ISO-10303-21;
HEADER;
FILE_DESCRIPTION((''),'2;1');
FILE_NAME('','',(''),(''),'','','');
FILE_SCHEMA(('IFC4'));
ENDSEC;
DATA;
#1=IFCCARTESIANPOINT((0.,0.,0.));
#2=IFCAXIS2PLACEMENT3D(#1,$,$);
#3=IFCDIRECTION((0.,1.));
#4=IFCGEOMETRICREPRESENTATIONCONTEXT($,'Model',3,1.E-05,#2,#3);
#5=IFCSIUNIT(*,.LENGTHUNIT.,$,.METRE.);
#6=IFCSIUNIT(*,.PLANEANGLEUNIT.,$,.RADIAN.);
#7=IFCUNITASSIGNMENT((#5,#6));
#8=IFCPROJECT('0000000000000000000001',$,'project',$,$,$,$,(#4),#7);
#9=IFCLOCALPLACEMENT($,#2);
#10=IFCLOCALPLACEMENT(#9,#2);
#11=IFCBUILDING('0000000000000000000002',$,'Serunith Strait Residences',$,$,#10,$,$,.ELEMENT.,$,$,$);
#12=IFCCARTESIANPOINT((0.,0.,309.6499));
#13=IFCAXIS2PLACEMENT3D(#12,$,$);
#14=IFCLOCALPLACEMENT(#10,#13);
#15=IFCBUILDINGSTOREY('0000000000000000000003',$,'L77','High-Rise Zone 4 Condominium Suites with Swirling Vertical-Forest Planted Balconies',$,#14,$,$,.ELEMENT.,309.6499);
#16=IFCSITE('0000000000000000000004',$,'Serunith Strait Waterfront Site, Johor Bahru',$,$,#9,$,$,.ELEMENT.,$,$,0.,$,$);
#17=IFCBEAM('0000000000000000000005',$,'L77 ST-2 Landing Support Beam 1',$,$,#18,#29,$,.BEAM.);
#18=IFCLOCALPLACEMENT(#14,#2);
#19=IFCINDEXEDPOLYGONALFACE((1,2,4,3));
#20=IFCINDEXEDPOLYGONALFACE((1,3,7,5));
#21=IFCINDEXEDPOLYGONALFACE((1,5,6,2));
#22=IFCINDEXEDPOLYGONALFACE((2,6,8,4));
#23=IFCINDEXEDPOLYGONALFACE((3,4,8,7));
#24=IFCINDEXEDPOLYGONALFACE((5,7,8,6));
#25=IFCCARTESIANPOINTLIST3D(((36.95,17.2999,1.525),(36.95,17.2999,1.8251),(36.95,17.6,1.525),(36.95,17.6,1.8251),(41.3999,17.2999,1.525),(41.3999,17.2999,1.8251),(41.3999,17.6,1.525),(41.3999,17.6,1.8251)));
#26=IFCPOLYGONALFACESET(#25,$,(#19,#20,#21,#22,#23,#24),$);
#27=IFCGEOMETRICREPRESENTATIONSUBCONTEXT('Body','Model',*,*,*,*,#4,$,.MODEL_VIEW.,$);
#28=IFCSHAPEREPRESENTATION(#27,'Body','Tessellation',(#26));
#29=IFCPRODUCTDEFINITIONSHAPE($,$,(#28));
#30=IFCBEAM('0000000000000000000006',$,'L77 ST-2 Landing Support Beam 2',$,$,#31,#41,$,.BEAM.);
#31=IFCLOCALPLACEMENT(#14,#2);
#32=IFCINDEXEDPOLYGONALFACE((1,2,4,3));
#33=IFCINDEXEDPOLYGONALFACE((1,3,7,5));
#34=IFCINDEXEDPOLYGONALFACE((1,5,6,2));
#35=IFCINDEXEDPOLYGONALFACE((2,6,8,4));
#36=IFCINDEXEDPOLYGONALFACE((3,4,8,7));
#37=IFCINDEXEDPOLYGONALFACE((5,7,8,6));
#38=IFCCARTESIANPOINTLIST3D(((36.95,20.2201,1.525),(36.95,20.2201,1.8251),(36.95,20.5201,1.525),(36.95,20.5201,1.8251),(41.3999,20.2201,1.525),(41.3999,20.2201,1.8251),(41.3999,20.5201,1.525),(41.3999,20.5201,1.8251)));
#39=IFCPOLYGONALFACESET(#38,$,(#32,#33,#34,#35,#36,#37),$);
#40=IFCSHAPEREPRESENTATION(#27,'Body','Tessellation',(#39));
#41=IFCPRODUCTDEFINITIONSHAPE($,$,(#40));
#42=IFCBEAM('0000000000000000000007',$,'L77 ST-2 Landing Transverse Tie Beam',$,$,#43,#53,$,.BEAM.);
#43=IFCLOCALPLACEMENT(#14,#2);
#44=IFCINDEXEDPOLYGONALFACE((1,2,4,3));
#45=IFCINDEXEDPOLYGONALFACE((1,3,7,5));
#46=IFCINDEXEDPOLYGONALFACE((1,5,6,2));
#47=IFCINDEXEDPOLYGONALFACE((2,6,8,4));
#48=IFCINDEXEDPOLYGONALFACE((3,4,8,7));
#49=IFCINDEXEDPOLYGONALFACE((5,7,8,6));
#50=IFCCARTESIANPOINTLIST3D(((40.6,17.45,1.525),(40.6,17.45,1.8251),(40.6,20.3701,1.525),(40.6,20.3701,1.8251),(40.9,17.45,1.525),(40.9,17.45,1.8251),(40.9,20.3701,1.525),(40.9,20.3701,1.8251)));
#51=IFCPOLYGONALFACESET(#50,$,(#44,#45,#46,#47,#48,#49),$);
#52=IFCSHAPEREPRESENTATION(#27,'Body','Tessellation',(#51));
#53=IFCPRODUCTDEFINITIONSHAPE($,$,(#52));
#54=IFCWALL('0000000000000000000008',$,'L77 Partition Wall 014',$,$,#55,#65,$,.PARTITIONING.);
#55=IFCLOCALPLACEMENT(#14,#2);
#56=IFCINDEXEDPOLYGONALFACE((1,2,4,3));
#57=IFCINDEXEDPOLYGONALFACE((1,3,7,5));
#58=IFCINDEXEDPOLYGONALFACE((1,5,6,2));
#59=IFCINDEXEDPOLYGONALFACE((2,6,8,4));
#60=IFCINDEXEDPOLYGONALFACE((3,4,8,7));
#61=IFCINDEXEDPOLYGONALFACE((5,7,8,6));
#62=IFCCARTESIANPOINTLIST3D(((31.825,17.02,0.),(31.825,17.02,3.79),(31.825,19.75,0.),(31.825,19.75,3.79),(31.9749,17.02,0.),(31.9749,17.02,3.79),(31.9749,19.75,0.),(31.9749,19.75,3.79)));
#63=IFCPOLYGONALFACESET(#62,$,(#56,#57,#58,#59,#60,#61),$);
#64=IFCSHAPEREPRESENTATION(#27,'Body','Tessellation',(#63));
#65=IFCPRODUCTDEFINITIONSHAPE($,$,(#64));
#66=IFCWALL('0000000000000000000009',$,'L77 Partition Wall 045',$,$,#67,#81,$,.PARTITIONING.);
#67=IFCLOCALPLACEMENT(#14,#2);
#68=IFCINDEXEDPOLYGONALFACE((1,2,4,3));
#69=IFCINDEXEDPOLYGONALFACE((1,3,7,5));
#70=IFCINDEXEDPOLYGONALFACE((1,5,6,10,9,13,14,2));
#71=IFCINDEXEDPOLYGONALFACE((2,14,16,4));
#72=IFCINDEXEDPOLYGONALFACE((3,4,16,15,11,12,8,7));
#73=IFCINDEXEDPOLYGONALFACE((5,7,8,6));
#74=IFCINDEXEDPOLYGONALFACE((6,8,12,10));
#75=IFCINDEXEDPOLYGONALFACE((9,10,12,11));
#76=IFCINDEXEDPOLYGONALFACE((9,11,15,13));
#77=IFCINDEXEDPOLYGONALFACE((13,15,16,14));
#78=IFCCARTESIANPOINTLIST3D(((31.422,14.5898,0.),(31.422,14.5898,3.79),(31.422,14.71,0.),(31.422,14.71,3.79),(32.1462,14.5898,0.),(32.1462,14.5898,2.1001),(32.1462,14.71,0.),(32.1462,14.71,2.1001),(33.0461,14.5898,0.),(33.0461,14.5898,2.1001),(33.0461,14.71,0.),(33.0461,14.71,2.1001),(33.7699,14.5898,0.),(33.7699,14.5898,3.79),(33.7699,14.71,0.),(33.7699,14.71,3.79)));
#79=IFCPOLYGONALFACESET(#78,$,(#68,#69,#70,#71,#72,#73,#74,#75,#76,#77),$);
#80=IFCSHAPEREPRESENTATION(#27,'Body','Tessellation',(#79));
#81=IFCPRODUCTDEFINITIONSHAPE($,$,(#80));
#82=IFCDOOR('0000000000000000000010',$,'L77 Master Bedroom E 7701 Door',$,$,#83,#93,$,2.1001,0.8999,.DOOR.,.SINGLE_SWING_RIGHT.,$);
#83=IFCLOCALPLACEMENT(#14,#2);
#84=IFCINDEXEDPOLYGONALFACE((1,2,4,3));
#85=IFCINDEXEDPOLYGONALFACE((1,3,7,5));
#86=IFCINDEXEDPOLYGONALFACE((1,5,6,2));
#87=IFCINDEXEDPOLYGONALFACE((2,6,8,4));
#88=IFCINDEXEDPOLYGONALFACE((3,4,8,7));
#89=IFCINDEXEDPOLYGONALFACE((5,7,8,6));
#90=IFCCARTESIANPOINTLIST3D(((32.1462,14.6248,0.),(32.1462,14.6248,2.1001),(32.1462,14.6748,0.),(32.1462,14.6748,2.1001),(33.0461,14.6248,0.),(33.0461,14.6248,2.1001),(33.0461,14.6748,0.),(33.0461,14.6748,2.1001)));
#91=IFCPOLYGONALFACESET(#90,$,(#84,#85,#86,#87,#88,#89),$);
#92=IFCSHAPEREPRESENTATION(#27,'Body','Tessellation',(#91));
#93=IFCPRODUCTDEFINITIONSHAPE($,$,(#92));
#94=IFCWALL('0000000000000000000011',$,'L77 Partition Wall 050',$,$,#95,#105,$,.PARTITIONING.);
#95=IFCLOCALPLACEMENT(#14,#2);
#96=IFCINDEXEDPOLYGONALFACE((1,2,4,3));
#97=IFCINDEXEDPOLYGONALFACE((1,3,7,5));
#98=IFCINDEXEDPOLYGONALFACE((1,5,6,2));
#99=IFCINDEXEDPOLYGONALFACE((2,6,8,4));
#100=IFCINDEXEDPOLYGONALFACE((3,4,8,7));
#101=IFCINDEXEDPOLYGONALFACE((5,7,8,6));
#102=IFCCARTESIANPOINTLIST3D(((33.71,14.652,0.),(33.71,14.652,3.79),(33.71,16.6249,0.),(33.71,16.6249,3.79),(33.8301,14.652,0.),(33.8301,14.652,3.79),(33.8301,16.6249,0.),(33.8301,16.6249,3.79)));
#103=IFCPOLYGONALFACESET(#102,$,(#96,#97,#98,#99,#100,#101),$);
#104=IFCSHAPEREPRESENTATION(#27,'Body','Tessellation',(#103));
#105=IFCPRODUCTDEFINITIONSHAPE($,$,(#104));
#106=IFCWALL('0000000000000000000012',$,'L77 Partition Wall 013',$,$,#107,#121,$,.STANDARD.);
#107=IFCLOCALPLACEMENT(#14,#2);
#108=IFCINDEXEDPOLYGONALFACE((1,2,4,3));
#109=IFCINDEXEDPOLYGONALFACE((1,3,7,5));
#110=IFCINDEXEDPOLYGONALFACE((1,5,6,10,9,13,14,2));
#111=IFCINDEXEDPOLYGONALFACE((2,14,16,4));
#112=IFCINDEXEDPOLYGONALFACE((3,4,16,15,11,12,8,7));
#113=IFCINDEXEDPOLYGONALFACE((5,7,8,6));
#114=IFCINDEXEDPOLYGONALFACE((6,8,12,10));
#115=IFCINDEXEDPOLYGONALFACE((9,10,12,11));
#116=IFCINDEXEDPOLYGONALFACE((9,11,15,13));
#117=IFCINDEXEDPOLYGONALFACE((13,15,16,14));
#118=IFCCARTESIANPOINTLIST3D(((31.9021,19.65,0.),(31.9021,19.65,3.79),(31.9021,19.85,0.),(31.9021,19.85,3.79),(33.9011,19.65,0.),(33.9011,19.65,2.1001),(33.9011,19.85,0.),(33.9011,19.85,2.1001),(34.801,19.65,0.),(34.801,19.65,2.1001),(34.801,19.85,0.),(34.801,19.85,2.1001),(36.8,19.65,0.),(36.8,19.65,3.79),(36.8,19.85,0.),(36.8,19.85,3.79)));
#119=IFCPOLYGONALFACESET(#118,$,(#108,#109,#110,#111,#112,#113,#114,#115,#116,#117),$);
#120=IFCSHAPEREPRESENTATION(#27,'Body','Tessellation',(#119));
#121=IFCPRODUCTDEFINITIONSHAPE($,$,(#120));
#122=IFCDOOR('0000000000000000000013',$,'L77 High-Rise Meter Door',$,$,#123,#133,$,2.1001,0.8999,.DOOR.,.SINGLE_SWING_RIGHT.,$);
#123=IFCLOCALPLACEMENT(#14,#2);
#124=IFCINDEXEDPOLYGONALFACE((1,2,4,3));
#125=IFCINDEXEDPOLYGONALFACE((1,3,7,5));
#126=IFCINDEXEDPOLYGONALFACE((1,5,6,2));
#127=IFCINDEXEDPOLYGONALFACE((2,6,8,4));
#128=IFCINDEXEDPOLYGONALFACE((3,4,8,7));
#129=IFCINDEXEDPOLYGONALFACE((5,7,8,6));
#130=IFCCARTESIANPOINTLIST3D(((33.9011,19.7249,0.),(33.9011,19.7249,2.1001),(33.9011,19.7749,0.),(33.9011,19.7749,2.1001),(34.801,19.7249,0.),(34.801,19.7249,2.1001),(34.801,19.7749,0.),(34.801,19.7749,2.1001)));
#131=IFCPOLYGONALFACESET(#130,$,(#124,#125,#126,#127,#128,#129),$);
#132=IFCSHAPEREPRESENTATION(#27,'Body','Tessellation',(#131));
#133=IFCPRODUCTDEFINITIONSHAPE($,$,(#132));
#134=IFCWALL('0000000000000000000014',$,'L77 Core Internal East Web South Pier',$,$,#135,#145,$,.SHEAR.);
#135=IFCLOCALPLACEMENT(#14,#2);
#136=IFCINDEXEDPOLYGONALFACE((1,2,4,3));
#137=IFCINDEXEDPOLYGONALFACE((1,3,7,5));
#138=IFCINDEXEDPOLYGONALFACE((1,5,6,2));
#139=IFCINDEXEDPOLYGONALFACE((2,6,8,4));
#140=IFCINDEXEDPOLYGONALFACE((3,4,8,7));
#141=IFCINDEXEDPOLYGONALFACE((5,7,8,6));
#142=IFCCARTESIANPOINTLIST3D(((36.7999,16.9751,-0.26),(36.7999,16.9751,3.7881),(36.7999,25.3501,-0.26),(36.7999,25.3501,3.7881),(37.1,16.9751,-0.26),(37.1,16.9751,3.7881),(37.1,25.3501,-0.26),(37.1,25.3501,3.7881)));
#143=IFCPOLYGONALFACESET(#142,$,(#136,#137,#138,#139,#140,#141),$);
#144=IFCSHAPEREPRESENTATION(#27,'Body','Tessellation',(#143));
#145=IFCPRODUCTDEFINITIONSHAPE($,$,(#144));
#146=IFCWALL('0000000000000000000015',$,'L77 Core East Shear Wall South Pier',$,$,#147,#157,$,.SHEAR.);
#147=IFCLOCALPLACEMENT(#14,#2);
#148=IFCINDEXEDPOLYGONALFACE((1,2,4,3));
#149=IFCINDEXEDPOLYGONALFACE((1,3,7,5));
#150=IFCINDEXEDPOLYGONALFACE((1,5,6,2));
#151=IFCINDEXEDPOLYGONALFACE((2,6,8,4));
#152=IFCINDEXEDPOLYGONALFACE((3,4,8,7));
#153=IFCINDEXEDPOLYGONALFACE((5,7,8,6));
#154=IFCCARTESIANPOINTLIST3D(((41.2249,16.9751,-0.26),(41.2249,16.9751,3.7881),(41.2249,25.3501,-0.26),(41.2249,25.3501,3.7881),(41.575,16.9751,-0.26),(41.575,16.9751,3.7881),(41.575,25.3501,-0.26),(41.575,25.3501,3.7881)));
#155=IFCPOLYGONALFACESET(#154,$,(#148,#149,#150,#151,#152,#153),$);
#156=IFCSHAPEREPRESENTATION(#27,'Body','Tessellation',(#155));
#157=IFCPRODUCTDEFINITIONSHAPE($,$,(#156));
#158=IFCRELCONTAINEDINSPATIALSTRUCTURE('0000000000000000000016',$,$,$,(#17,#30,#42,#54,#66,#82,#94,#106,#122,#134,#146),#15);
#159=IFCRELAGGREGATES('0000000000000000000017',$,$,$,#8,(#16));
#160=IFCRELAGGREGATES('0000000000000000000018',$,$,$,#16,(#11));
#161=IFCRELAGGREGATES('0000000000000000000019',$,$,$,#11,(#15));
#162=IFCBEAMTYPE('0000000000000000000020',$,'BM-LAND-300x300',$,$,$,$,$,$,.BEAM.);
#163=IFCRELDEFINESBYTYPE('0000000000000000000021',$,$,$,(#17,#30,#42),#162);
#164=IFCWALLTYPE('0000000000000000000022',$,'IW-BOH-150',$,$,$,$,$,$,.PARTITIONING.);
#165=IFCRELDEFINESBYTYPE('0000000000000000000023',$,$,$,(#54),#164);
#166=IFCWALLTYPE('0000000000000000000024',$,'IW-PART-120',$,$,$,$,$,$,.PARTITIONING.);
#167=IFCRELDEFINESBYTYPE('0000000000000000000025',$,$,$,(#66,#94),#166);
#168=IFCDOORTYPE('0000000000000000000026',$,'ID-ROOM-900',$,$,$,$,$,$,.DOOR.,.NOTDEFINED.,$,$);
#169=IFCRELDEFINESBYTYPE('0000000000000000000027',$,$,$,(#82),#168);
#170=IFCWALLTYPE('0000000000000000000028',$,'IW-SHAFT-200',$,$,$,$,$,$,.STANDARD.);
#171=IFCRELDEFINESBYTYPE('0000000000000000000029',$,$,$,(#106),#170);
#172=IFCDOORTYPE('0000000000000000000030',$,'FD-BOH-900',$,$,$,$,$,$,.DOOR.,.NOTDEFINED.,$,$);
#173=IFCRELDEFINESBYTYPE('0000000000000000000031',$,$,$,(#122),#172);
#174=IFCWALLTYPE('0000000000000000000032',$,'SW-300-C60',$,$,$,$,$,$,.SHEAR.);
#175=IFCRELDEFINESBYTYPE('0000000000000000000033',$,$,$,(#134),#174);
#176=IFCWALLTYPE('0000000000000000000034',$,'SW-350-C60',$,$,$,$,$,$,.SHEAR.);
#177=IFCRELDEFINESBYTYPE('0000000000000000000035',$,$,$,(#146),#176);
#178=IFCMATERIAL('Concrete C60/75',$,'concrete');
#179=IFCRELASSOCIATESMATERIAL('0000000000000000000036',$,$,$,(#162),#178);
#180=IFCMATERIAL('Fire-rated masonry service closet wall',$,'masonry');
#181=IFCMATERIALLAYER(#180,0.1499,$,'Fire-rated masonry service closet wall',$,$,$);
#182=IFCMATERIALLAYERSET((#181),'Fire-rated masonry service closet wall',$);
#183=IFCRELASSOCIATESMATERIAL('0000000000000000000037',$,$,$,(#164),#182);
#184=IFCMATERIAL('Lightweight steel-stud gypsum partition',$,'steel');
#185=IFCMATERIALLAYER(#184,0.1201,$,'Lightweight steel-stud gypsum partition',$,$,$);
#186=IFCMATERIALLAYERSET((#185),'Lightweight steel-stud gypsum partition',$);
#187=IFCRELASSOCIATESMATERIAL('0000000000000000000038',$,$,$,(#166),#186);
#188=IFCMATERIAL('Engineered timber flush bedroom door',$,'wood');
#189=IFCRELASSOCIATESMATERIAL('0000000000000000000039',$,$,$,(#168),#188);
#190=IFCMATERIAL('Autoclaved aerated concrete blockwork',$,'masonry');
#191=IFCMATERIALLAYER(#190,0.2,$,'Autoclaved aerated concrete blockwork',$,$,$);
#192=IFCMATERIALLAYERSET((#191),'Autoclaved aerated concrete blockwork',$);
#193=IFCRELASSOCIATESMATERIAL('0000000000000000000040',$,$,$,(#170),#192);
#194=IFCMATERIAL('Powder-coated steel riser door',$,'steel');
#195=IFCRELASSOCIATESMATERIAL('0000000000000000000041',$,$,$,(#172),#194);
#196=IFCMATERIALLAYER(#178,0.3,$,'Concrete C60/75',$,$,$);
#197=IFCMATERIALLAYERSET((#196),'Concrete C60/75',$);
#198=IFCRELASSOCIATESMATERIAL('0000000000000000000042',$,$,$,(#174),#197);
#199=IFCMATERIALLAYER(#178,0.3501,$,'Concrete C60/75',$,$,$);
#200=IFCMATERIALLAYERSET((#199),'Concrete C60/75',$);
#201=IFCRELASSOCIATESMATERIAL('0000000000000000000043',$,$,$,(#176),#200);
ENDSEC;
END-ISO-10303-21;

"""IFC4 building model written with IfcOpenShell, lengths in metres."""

from ifc_helpers import new_model, si_unit, direction, frame, frame_2d, origin, origin_2d, place, context, subcontext, project, spatial, rectangle, extrude, source, transform, mapped, material, layer, layer_set, material_profile, profile_set, type_object, element, fill, save


model = new_model("IFC4")

# Units and contexts
model_context = context("Model", 3, precision=1e-05, world=origin(), true_north=direction((0.0, 1.0)))
body_context = subcontext(model_context, "Body", "Model", "MODEL_VIEW")
ifc_project = project(units=[si_unit("LENGTHUNIT", "METRE"), si_unit("PLANEANGLEUNIT", "RADIAN")], contexts=[model_context])

# Site, building, storey
site_placement = place(None, origin())
site = spatial("IfcSite", under=ifc_project, at=site_placement, Name="Serunith Strait Waterfront Site, Johor Bahru", CompositionType="ELEMENT", RefElevation=0.0)
building_placement = place(site_placement, origin())
building = spatial("IfcBuilding", under=site, at=building_placement, Name="Serunith Strait Residences", CompositionType="ELEMENT")
storey_placement = place(building_placement, frame((0.0, 0.0, 309.6499)))
storey = spatial("IfcBuildingStorey", under=building, at=storey_placement, Name="L77", Description="High-Rise Zone 4 Condominium Suites with Swirling Vertical-Forest Planted Balconies", CompositionType="ELEMENT", Elevation=309.6499)

# Beams
ifc_material_1 = material(Name="Concrete C60/75", Category="concrete")
ifc_material_profile_1 = material_profile(ifc_material_1, rectangle(XDim=0.3, YDim=0.3, at=origin_2d()), Name="RC 300x300")
ifc_profile_set_1 = profile_set([ifc_material_profile_1], Name="Concrete C60/75")
beam_type_1 = type_object("IfcBeamType", Name="BM-LAND-300x300", PredefinedType="BEAM", material=ifc_profile_set_1)
shared_shape_1 = source(origin(), body_context, "Body", "SweptSolid", [
    extrude(rectangle(XDim=0.3, YDim=0.3, at=origin_2d()), origin(), (0.0, 0.0, 1.0), 4.45),
])
for number, where, z_axis, x_axis, name in (
    (1, (36.95, 17.45, 1.675), (1.0, 0.0, 0.0), (0.0, 1.0, 0.0), "L77 ST-2 Landing Support Beam 1"),
    (2, (36.95, 20.3701, 1.675), (1.0, 0.0, 0.0), (0.0, 1.0, 0.0), "L77 ST-2 Landing Support Beam 2"),
):
    element("IfcBeam", number, at=place(storey_placement, frame(where, z_axis=z_axis, x_axis=x_axis)), inside=storey, type_object=beam_type_1, Name=name, PredefinedType="BEAM", context=body_context, shape_type="MappedRepresentation", body=[
        mapped(shared_shape_1, transform((0.0, 0.0, 0.0), scale=1.0)),
    ])
shared_shape_2 = source(origin(), body_context, "Body", "SweptSolid", [
    extrude(rectangle(XDim=0.3, YDim=0.3, at=origin_2d()), origin(), (0.0, 0.0, 1.0), 2.9202),
])
beam_1_placement = place(storey_placement, frame((40.75, 17.45, 1.675), z_axis=(0.0, 1.0, 0.0), x_axis=(-1.0, 0.0, 0.0)))
element("IfcBeam", 3, at=beam_1_placement, inside=storey, type_object=beam_type_1, Name="L77 ST-2 Landing Transverse Tie Beam", PredefinedType="BEAM", context=body_context, shape_type="MappedRepresentation", body=[
    mapped(shared_shape_2, transform((0.0, 0.0, 0.0), scale=1.0)),
])

# Wall
ifc_material_2 = material(Name="Fire-rated masonry service closet wall", Category="masonry")
ifc_layer_1 = layer(ifc_material_2, 0.1499, Name="Fire-rated masonry service closet wall")
ifc_layer_set_1 = layer_set([ifc_layer_1], Name="Fire-rated masonry service closet wall")
wall_type_1 = type_object("IfcWallType", Name="IW-BOH-150", PredefinedType="PARTITIONING", material=ifc_layer_set_1)
wall_1_placement = place(storey_placement, frame((31.8999, 17.02, 0.0), z_axis=(0.0, 0.0, 1.0), x_axis=(0.0, 1.0, 0.0)))
element("IfcWall", 4, at=wall_1_placement, inside=storey, type_object=wall_type_1, Name="L77 Partition Wall 014", PredefinedType="PARTITIONING", context=body_context, shape_type="SweptSolid", body=[
    extrude(rectangle(XDim=2.73, YDim=0.1499, at=frame_2d((1.365, 0.0))), origin(), (0.0, 0.0, 1.0), 3.79),
])

# Wall, opening, door
ifc_material_3 = material(Name="Lightweight steel-stud gypsum partition", Category="steel")
ifc_layer_2 = layer(ifc_material_3, 0.1201, Name="Lightweight steel-stud gypsum partition")
ifc_layer_set_2 = layer_set([ifc_layer_2], Name="Lightweight steel-stud gypsum partition")
wall_type_2 = type_object("IfcWallType", Name="IW-PART-120", PredefinedType="PARTITIONING", material=ifc_layer_set_2)
wall_2_placement = place(storey_placement, frame((31.4221, 14.6499, 0.0), z_axis=(0.0, 0.0, 1.0), x_axis=(1.0, 0.0, 0.0)))
wall_2 = element("IfcWall", 5, at=wall_2_placement, inside=storey, type_object=wall_type_2, Name="L77 Partition Wall 045", PredefinedType="PARTITIONING", context=body_context, shape_type="SweptSolid", body=[
    extrude(rectangle(XDim=2.3479, YDim=0.1201, at=frame_2d((1.1738, 0.0))), origin(), (0.0, 0.0, 1.0), 3.79),
])
opening_1_placement = place(wall_2_placement, frame((0.7241, 0.0, 0.0)))
opening_1 = element("IfcOpeningElement", 6, at=opening_1_placement, cuts=wall_2, PredefinedType="OPENING", context=body_context, shape_type="SweptSolid", body=[
    extrude(rectangle(XDim=0.8999, YDim=2.1001, at=frame_2d((0.45, 1.05))), frame((0.0, 0.0701, 0.0), z_axis=(0.0, -1.0, 0.0), x_axis=(1.0, 0.0, 0.0)), (0.0, 0.0, 1.0), 0.1401),
])
ifc_material_4 = material(Name="Engineered timber flush bedroom door", Category="wood")
door_type_1 = type_object("IfcDoorType", Name="ID-ROOM-900", OperationType="NOTDEFINED", PredefinedType="DOOR", material=ifc_material_4)
shared_shape_3 = source(origin(), body_context, "Body", "SweptSolid", [
    extrude(rectangle(XDim=0.8999, YDim=2.1001, at=frame_2d((0.45, 1.05))), frame((0.0, 0.0249, 0.0), z_axis=(0.0, -1.0, 0.0), x_axis=(1.0, 0.0, 0.0)), (0.0, 0.0, 1.0), 0.05),
])
door_1_placement = place(opening_1_placement, origin())
door_1 = element("IfcDoor", 7, at=door_1_placement, inside=storey, type_object=door_type_1, Name="L77 Master Bedroom E 7701 Door", OperationType="SINGLE_SWING_RIGHT", OverallHeight=2.1001, OverallWidth=0.8999, PredefinedType="DOOR", context=body_context, shape_type="MappedRepresentation", body=[
    mapped(shared_shape_3, transform((0.0, 0.0, 0.0), scale=1.0)),
])
fill(opening_1, door_1)

# Wall
wall_3_placement = place(storey_placement, frame((33.77, 14.6521, 0.0), z_axis=(0.0, 0.0, 1.0), x_axis=(0.0, 1.0, 0.0)))
element("IfcWall", 8, at=wall_3_placement, inside=storey, type_object=wall_type_2, Name="L77 Partition Wall 050", PredefinedType="PARTITIONING", context=body_context, shape_type="SweptSolid", body=[
    extrude(rectangle(XDim=1.9729, YDim=0.1201, at=frame_2d((0.9863, 0.0))), origin(), (0.0, 0.0, 1.0), 3.79),
])

# Wall, opening, door
ifc_material_5 = material(Name="Autoclaved aerated concrete blockwork", Category="masonry")
ifc_layer_3 = layer(ifc_material_5, 0.2, Name="Autoclaved aerated concrete blockwork")
ifc_layer_set_3 = layer_set([ifc_layer_3], Name="Autoclaved aerated concrete blockwork")
wall_type_3 = type_object("IfcWallType", Name="IW-SHAFT-200", PredefinedType="STANDARD", material=ifc_layer_set_3)
wall_4_placement = place(storey_placement, frame((31.9021, 19.75, 0.0), z_axis=(0.0, 0.0, 1.0), x_axis=(1.0, 0.0, 0.0)))
wall_4 = element("IfcWall", 9, at=wall_4_placement, inside=storey, type_object=wall_type_3, Name="L77 Partition Wall 013", PredefinedType="STANDARD", context=body_context, shape_type="SweptSolid", body=[
    extrude(rectangle(XDim=4.8979, YDim=0.2, at=frame_2d((2.449, 0.0))), origin(), (0.0, 0.0, 1.0), 3.79),
])
opening_2_placement = place(wall_4_placement, frame((1.999, 0.0, 0.0)))
opening_2 = element("IfcOpeningElement", 10, at=opening_2_placement, cuts=wall_4, PredefinedType="OPENING", context=body_context, shape_type="SweptSolid", body=[
    extrude(rectangle(XDim=0.8999, YDim=2.1001, at=frame_2d((0.45, 1.05))), frame((0.0, 0.1099, 0.0), z_axis=(0.0, -1.0, 0.0), x_axis=(1.0, 0.0, 0.0)), (0.0, 0.0, 1.0), 0.22),
])
ifc_material_6 = material(Name="Powder-coated steel riser door", Category="steel")
door_type_2 = type_object("IfcDoorType", Name="FD-BOH-900", OperationType="NOTDEFINED", PredefinedType="DOOR", material=ifc_material_6)
door_2_placement = place(opening_2_placement, origin())
door_2 = element("IfcDoor", 11, at=door_2_placement, inside=storey, type_object=door_type_2, Name="L77 High-Rise Meter Door", OperationType="SINGLE_SWING_RIGHT", OverallHeight=2.1001, OverallWidth=0.8999, PredefinedType="DOOR", context=body_context, shape_type="MappedRepresentation", body=[
    mapped(shared_shape_3, transform((0.0, 0.0, 0.0), scale=1.0)),
])
fill(opening_2, door_2)

# Walls
ifc_layer_4 = layer(ifc_material_1, 0.3, Name="Concrete C60/75")
ifc_layer_set_4 = layer_set([ifc_layer_4], Name="Concrete C60/75")
wall_type_4 = type_object("IfcWallType", Name="SW-300-C60", PredefinedType="SHEAR", material=ifc_layer_set_4)
wall_5_placement = place(storey_placement, frame((36.95, 16.9751, -0.26), z_axis=(0.0, 0.0, 1.0), x_axis=(0.0, 1.0, 0.0)))
element("IfcWall", 12, at=wall_5_placement, inside=storey, type_object=wall_type_4, Name="L77 Core Internal East Web South Pier", PredefinedType="SHEAR", context=body_context, shape_type="SweptSolid", body=[
    extrude(rectangle(XDim=8.375, YDim=0.3, at=frame_2d((4.1875, 0.0))), origin(), (0.0, 0.0, 1.0), 4.0481),
])
ifc_layer_5 = layer(ifc_material_1, 0.3501, Name="Concrete C60/75")
ifc_layer_set_5 = layer_set([ifc_layer_5], Name="Concrete C60/75")
wall_type_5 = type_object("IfcWallType", Name="SW-350-C60", PredefinedType="SHEAR", material=ifc_layer_set_5)
wall_6_placement = place(storey_placement, frame((41.3999, 16.9751, -0.26), z_axis=(0.0, 0.0, 1.0), x_axis=(0.0, 1.0, 0.0)))
element("IfcWall", 13, at=wall_6_placement, inside=storey, type_object=wall_type_5, Name="L77 Core East Shear Wall South Pier", PredefinedType="SHEAR", context=body_context, shape_type="SweptSolid", body=[
    extrude(rectangle(XDim=8.375, YDim=0.3501, at=frame_2d((4.1875, 0.0))), origin(), (0.0, 0.0, 1.0), 4.0481),
])

save(model, "model.ifc")
